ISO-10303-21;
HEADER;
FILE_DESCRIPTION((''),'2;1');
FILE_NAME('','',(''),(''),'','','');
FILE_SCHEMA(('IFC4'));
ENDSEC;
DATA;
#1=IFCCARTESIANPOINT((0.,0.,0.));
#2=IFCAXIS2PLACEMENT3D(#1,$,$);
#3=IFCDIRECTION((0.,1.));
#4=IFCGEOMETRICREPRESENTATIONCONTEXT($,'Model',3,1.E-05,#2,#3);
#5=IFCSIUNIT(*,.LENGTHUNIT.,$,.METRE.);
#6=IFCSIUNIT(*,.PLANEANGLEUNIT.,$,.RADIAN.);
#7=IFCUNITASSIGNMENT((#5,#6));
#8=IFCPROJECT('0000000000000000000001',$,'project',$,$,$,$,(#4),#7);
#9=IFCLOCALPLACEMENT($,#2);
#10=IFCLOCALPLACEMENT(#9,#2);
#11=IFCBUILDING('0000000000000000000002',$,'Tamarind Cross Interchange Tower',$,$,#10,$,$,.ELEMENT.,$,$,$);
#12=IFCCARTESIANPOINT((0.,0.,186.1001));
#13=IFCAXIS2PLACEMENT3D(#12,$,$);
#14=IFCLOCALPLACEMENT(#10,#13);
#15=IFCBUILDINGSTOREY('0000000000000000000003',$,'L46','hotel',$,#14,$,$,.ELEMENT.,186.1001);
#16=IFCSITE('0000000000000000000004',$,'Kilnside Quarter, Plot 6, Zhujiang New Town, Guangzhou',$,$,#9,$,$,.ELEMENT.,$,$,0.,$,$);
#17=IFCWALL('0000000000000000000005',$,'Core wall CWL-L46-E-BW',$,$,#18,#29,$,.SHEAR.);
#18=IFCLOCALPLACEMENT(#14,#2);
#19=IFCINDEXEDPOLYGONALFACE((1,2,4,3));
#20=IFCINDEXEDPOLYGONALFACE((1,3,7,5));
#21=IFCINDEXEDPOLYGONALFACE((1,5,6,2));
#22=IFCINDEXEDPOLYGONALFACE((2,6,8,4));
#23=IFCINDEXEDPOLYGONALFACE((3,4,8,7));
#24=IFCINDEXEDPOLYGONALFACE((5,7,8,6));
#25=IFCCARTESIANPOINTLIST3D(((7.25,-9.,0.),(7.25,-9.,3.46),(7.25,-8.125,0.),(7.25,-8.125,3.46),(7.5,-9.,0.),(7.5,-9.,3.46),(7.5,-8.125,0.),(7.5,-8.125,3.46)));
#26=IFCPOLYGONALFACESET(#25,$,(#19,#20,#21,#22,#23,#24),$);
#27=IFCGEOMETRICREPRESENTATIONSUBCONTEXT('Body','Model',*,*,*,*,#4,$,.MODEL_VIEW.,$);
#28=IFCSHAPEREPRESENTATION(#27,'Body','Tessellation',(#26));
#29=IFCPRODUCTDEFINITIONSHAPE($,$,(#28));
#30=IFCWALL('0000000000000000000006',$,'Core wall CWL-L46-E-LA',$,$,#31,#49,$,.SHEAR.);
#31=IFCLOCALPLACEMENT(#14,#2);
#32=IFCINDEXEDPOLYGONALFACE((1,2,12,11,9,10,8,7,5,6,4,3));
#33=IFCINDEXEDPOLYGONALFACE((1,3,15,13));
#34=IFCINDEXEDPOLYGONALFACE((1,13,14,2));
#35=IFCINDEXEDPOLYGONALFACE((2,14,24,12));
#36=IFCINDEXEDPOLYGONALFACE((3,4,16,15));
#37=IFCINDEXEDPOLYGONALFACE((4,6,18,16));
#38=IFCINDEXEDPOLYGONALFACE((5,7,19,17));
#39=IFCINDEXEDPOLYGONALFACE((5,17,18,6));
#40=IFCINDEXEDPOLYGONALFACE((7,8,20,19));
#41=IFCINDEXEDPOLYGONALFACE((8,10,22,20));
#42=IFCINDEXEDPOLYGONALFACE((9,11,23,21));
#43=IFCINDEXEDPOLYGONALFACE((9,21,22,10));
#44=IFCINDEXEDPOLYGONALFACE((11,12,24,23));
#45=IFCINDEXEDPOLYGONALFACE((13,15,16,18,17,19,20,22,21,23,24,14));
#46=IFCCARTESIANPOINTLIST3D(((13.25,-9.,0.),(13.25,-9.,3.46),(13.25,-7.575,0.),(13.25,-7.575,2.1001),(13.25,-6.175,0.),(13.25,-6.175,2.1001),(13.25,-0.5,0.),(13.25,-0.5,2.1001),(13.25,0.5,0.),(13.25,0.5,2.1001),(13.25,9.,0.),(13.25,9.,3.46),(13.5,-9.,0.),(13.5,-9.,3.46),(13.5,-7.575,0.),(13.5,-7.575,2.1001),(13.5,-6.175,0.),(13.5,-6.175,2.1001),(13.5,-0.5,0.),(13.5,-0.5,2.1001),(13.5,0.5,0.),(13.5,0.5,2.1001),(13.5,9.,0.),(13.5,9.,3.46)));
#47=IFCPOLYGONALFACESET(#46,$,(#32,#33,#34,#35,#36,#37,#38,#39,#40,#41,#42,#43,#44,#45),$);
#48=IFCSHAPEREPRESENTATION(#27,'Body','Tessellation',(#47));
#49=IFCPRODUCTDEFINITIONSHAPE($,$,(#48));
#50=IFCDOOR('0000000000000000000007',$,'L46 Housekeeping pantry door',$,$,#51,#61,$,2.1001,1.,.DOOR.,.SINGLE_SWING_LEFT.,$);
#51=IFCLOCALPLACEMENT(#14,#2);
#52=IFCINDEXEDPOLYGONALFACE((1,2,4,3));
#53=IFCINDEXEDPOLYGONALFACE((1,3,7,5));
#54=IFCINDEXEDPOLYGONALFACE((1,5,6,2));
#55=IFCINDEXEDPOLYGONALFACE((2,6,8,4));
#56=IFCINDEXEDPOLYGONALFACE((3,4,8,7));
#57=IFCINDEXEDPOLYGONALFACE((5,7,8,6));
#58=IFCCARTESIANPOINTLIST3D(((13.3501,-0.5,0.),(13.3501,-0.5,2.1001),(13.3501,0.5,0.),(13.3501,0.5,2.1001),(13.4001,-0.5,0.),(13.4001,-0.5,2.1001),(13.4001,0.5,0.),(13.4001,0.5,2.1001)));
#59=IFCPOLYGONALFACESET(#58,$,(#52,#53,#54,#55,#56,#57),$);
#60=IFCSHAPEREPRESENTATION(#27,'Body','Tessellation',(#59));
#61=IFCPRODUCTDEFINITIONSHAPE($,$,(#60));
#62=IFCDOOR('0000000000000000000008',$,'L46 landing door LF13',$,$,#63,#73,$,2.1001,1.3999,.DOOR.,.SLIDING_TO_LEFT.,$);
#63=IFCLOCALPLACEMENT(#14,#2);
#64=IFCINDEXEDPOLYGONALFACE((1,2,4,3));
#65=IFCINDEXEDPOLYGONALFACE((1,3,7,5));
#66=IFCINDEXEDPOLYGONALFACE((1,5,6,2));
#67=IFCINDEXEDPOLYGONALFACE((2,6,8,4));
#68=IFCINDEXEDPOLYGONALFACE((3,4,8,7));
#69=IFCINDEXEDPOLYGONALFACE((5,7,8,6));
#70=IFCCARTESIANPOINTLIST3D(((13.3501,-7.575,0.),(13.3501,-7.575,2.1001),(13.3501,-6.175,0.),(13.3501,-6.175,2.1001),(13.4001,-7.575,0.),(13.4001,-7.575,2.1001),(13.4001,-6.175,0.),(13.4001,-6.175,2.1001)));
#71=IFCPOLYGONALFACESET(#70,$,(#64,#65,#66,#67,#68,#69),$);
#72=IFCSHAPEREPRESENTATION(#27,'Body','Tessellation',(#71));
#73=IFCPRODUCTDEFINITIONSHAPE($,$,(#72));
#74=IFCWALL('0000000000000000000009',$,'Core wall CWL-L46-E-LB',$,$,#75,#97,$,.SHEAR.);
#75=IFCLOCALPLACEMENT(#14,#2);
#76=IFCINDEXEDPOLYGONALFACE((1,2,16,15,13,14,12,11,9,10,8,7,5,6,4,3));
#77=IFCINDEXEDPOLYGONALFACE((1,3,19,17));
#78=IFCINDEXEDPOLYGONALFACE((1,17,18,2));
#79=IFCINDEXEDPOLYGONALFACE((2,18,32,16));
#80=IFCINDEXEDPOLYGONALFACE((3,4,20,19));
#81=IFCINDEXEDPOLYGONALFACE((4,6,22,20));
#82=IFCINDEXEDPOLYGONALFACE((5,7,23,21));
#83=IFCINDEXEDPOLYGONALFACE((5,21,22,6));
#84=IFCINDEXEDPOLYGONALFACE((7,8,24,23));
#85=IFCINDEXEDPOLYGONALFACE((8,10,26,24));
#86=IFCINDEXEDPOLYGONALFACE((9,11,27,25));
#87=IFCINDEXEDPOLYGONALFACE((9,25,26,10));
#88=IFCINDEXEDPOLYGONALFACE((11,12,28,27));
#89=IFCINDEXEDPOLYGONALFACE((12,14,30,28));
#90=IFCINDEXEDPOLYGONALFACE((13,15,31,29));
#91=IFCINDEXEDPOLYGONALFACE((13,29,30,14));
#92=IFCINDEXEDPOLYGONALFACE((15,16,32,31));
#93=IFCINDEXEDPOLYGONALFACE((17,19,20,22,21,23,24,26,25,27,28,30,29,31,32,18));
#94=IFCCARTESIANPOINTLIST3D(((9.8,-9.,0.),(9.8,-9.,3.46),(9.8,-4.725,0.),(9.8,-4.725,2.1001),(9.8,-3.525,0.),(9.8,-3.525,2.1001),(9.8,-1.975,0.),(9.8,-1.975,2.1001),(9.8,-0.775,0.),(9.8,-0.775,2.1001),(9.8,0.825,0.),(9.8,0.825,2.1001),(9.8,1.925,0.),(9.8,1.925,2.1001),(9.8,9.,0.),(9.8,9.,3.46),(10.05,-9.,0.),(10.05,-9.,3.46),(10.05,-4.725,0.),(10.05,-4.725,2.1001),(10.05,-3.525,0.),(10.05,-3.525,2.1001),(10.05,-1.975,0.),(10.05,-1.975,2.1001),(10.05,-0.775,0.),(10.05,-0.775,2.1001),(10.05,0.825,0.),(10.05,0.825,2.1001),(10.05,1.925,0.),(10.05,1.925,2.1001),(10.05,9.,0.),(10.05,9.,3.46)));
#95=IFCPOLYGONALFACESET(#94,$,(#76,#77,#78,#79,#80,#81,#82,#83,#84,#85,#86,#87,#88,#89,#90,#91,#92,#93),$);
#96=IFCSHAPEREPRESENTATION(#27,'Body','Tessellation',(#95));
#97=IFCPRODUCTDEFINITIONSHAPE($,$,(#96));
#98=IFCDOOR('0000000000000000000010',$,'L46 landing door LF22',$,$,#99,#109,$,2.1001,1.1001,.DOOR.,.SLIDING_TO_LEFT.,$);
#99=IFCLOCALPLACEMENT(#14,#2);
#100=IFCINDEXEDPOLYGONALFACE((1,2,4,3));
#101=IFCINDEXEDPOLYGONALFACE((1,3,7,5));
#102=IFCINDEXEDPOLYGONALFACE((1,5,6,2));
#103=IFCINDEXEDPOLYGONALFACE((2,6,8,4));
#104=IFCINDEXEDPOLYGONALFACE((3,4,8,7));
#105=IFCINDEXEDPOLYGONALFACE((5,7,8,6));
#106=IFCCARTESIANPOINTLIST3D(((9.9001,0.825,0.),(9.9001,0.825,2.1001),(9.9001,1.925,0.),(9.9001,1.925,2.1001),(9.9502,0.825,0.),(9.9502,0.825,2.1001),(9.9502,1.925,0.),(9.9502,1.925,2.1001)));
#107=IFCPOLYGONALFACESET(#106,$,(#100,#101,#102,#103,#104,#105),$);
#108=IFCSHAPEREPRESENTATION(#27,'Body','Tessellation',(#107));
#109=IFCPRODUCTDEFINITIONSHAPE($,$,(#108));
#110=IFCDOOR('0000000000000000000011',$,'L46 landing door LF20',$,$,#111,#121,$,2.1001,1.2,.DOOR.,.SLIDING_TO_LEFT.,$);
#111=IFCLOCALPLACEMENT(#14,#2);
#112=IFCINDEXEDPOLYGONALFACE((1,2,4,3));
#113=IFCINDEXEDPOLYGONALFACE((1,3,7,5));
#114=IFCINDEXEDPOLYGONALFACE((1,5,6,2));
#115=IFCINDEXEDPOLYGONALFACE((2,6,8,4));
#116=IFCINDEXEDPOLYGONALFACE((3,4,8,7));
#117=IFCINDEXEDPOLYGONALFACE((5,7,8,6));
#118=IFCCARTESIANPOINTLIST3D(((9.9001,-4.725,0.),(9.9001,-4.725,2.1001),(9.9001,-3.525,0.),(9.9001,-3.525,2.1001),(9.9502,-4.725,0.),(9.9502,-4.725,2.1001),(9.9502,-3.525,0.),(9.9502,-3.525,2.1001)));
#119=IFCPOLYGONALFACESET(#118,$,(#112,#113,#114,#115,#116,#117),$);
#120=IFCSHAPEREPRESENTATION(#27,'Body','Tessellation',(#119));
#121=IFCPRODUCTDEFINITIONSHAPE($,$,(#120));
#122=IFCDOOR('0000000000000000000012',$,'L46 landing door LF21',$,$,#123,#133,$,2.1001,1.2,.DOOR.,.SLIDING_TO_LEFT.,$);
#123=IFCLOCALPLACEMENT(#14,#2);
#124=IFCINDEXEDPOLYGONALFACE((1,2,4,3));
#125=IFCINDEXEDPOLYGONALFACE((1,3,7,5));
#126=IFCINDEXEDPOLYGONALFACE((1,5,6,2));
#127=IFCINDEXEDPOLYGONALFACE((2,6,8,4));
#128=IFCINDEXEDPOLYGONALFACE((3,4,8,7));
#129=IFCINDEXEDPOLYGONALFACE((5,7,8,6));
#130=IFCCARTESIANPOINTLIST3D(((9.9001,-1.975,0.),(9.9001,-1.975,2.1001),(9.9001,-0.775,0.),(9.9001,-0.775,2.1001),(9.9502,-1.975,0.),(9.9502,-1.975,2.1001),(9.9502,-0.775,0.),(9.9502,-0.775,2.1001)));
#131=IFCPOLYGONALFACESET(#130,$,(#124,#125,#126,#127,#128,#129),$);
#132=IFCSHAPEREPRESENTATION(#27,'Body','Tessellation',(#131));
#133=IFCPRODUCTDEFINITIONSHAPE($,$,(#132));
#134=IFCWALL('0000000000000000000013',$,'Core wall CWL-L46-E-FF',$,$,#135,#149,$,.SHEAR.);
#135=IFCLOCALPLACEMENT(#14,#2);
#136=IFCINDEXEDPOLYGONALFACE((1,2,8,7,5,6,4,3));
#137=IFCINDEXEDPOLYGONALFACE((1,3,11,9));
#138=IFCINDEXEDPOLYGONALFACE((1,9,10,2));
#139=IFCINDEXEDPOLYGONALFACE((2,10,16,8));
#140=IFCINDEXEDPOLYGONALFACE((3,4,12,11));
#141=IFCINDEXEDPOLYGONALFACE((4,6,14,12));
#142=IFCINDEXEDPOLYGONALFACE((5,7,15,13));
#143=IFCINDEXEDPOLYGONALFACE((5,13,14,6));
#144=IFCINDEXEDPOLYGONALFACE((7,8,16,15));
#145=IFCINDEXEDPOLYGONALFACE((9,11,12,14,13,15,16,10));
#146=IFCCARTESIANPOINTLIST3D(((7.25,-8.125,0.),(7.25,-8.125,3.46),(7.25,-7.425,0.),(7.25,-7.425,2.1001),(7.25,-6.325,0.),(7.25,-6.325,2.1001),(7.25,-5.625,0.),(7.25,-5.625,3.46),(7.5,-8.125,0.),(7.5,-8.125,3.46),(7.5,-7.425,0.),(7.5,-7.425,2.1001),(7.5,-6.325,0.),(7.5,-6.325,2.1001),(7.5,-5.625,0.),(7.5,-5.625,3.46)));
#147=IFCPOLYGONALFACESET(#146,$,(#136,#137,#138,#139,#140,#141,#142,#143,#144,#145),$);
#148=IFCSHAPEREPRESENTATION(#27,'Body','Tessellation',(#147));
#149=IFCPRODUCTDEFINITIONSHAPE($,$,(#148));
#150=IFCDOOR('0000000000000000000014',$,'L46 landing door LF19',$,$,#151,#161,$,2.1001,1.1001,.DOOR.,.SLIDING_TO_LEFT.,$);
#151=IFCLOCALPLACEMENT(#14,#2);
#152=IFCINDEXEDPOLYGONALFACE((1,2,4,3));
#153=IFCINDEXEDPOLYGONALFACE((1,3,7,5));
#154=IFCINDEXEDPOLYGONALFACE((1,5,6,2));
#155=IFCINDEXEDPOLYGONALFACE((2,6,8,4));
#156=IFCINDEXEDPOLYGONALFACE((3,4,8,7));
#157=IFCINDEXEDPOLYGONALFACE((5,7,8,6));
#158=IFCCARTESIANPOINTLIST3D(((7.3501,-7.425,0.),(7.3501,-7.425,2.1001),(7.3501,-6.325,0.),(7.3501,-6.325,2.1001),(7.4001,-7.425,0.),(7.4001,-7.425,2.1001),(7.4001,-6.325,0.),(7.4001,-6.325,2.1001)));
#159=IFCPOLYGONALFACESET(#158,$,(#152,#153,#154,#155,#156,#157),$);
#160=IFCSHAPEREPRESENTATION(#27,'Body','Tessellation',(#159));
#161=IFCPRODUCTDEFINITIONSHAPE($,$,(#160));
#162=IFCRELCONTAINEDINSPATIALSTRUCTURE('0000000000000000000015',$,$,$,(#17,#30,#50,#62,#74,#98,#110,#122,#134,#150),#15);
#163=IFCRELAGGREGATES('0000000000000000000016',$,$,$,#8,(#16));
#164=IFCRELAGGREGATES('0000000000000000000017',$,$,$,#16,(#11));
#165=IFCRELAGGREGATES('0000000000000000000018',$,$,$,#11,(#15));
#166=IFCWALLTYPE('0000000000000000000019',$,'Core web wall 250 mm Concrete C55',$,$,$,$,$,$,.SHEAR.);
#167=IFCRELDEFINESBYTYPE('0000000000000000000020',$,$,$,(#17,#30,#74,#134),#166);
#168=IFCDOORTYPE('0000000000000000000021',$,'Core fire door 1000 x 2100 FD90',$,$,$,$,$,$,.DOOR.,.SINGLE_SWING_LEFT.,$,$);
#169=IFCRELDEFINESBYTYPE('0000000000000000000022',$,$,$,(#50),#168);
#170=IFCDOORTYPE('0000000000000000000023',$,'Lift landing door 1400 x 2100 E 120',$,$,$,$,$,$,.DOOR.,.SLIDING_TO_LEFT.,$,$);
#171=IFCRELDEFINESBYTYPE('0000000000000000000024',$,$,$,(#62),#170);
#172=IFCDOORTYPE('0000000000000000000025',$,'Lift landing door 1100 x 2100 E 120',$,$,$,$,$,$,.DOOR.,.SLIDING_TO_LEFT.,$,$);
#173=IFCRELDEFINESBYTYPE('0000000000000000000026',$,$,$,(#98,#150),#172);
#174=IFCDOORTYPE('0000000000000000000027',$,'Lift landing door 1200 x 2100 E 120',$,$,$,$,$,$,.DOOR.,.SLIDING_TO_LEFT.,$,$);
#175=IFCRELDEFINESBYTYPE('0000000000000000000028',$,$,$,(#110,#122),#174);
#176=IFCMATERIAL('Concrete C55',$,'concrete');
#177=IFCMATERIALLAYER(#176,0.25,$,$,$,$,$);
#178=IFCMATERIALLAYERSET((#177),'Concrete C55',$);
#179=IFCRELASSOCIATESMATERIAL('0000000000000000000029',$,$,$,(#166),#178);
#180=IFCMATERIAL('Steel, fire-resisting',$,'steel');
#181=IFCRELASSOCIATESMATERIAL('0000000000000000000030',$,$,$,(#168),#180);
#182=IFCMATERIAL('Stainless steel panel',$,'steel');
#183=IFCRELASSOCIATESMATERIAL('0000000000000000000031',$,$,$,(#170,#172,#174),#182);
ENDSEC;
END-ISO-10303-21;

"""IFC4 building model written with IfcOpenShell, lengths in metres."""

from ifc_helpers import new_model, si_unit, direction, frame, frame_2d, origin, place, context, subcontext, project, spatial, rectangle, extrude, material, layer, layer_set, type_object, element, fill, save


model = new_model("IFC4")

# Units and contexts
model_context = context("Model", 3, precision=1e-05, world=origin(), true_north=direction((0.0, 1.0)))
body_context = subcontext(model_context, "Body", "Model", "MODEL_VIEW")
ifc_project = project(units=[si_unit("LENGTHUNIT", "METRE"), si_unit("PLANEANGLEUNIT", "RADIAN")], contexts=[model_context])

# Site, building, storey
site_placement = place(None, origin())
site = spatial("IfcSite", under=ifc_project, at=site_placement, Name="Kilnside Quarter, Plot 6, Zhujiang New Town, Guangzhou", CompositionType="ELEMENT", RefElevation=0.0)
building_placement = place(site_placement, origin())
building = spatial("IfcBuilding", under=site, at=building_placement, Name="Tamarind Cross Interchange Tower", CompositionType="ELEMENT")
storey_placement = place(building_placement, frame((0.0, 0.0, 186.1001)))
storey = spatial("IfcBuildingStorey", under=building, at=storey_placement, Name="L46", Description="hotel", CompositionType="ELEMENT", Elevation=186.1001)

# Shared definitions
ifc_material_1 = material(Name="Concrete C55", Category="concrete")

# Shared definitions
ifc_material_2 = material(Name="Steel, fire-resisting", Category="steel")

# Wall
ifc_layer_1 = layer(ifc_material_1, 0.25)
ifc_layer_set_1 = layer_set([ifc_layer_1], Name="Concrete C55")
wall_type_1 = type_object("IfcWallType", Name="Core web wall 250 mm Concrete C55", PredefinedType="SHEAR", material=ifc_layer_set_1)
wall_1_placement = place(storey_placement, frame((7.375, -9.0, 0.0), z_axis=(0.0, 0.0, 1.0), x_axis=(0.0, 1.0, 0.0)))
element("IfcWall", 1, at=wall_1_placement, inside=storey, type_object=wall_type_1, Name="Core wall CWL-L46-E-BW", PredefinedType="SHEAR", context=body_context, shape_type="SweptSolid", body=[
    extrude(rectangle(XDim=0.875, YDim=0.25, at=frame_2d((0.4375, 0.0))), origin(), (0.0, 0.0, 1.0), 3.46),
])

# Walls, openings, doors
wall_2_placement = place(storey_placement, frame((13.375, -9.0, 0.0), z_axis=(0.0, 0.0, 1.0), x_axis=(0.0, 1.0, 0.0)))
wall_2 = element("IfcWall", 2, at=wall_2_placement, inside=storey, type_object=wall_type_1, Name="Core wall CWL-L46-E-LA", PredefinedType="SHEAR", context=body_context, shape_type="SweptSolid", body=[
    extrude(rectangle(XDim=18.0, YDim=0.25, at=frame_2d((9.0, 0.0))), origin(), (0.0, 0.0, 1.0), 3.46),
])
opening_1_placement = place(wall_2_placement, frame((1.425, 0.0, 0.0)))
opening_1 = element("IfcOpeningElement", 3, at=opening_1_placement, cuts=wall_2, PredefinedType="OPENING", context=body_context, shape_type="SweptSolid", body=[
    extrude(rectangle(XDim=1.3999, YDim=2.1001, at=frame_2d((0.7, 1.05))), frame((0.0, 0.135, 0.0), z_axis=(0.0, -1.0, 0.0), x_axis=(1.0, 0.0, 0.0)), (0.0, 0.0, 1.0), 0.27),
])
opening_2_placement = place(wall_2_placement, frame((8.5, 0.0, 0.0)))
opening_2 = element("IfcOpeningElement", 4, at=opening_2_placement, cuts=wall_2, PredefinedType="OPENING", context=body_context, shape_type="SweptSolid", body=[
    extrude(rectangle(XDim=1.0, YDim=2.1001, at=frame_2d((0.5, 1.05))), frame((0.0, 0.135, 0.0), z_axis=(0.0, -1.0, 0.0), x_axis=(1.0, 0.0, 0.0)), (0.0, 0.0, 1.0), 0.27),
])
door_type_1 = type_object("IfcDoorType", Name="Core fire door 1000 x 2100 FD90", OperationType="SINGLE_SWING_LEFT", PredefinedType="DOOR", material=ifc_material_2)
door_1_placement = place(opening_2_placement, origin())
door_1 = element("IfcDoor", 5, at=door_1_placement, inside=storey, type_object=door_type_1, Name="L46 Housekeeping pantry door", OperationType="SINGLE_SWING_LEFT", OverallHeight=2.1001, OverallWidth=1.0, PredefinedType="DOOR", context=body_context, shape_type="SweptSolid", body=[
    extrude(rectangle(XDim=1.0, YDim=2.1001, at=frame_2d((0.5, 1.05))), frame((0.0, 0.0249, 0.0), z_axis=(0.0, -1.0, 0.0), x_axis=(1.0, 0.0, 0.0)), (0.0, 0.0, 1.0), 0.05),
])
fill(opening_2, door_1)
ifc_material_3 = material(Name="Stainless steel panel", Category="steel")
door_type_2 = type_object("IfcDoorType", Name="Lift landing door 1400 x 2100 E 120", OperationType="SLIDING_TO_LEFT", PredefinedType="DOOR", material=ifc_material_3)
door_2_placement = place(opening_1_placement, origin())
door_2 = element("IfcDoor", 6, at=door_2_placement, inside=storey, type_object=door_type_2, Name="L46 landing door LF13", OperationType="SLIDING_TO_LEFT", OverallHeight=2.1001, OverallWidth=1.3999, PredefinedType="DOOR", context=body_context, shape_type="SweptSolid", body=[
    extrude(rectangle(XDim=1.3999, YDim=2.1001, at=frame_2d((0.7, 1.05))), frame((0.0, 0.0249, 0.0), z_axis=(0.0, -1.0, 0.0), x_axis=(1.0, 0.0, 0.0)), (0.0, 0.0, 1.0), 0.05),
])
fill(opening_1, door_2)
wall_3_placement = place(storey_placement, frame((9.925, -9.0, 0.0), z_axis=(0.0, 0.0, 1.0), x_axis=(0.0, 1.0, 0.0)))
wall_3 = element("IfcWall", 7, at=wall_3_placement, inside=storey, type_object=wall_type_1, Name="Core wall CWL-L46-E-LB", PredefinedType="SHEAR", context=body_context, shape_type="SweptSolid", body=[
    extrude(rectangle(XDim=18.0, YDim=0.25, at=frame_2d((9.0, 0.0))), origin(), (0.0, 0.0, 1.0), 3.46),
])
opening_3_placement = place(wall_3_placement, frame((4.2749, 0.0, 0.0)))
opening_3 = element("IfcOpeningElement", 8, at=opening_3_placement, cuts=wall_3, PredefinedType="OPENING", context=body_context, shape_type="SweptSolid", body=[
    extrude(rectangle(XDim=1.2, YDim=2.1001, at=frame_2d((0.6001, 1.05))), frame((0.0, 0.135, 0.0), z_axis=(0.0, -1.0, 0.0), x_axis=(1.0, 0.0, 0.0)), (0.0, 0.0, 1.0), 0.27),
])
opening_4_placement = place(wall_3_placement, frame((7.0249, 0.0, 0.0)))
opening_4 = element("IfcOpeningElement", 9, at=opening_4_placement, cuts=wall_3, PredefinedType="OPENING", context=body_context, shape_type="SweptSolid", body=[
    extrude(rectangle(XDim=1.2, YDim=2.1001, at=frame_2d((0.6001, 1.05))), frame((0.0, 0.135, 0.0), z_axis=(0.0, -1.0, 0.0), x_axis=(1.0, 0.0, 0.0)), (0.0, 0.0, 1.0), 0.27),
])
opening_5_placement = place(wall_3_placement, frame((9.825, 0.0, 0.0)))
opening_5 = element("IfcOpeningElement", 10, at=opening_5_placement, cuts=wall_3, PredefinedType="OPENING", context=body_context, shape_type="SweptSolid", body=[
    extrude(rectangle(XDim=1.1001, YDim=2.1001, at=frame_2d((0.55, 1.05))), frame((0.0, 0.135, 0.0), z_axis=(0.0, -1.0, 0.0), x_axis=(1.0, 0.0, 0.0)), (0.0, 0.0, 1.0), 0.27),
])
door_type_3 = type_object("IfcDoorType", Name="Lift landing door 1100 x 2100 E 120", OperationType="SLIDING_TO_LEFT", PredefinedType="DOOR", material=ifc_material_3)
door_3_placement = place(opening_5_placement, origin())
door_3 = element("IfcDoor", 11, at=door_3_placement, inside=storey, type_object=door_type_3, Name="L46 landing door LF22", OperationType="SLIDING_TO_LEFT", OverallHeight=2.1001, OverallWidth=1.1001, PredefinedType="DOOR", context=body_context, shape_type="SweptSolid", body=[
    extrude(rectangle(XDim=1.1001, YDim=2.1001, at=frame_2d((0.55, 1.05))), frame((0.0, 0.0249, 0.0), z_axis=(0.0, -1.0, 0.0), x_axis=(1.0, 0.0, 0.0)), (0.0, 0.0, 1.0), 0.05),
])
fill(opening_5, door_3)
door_type_4 = type_object("IfcDoorType", Name="Lift landing door 1200 x 2100 E 120", OperationType="SLIDING_TO_LEFT", PredefinedType="DOOR", material=ifc_material_3)
door_4_placement = place(opening_3_placement, origin())
door_4 = element("IfcDoor", 12, at=door_4_placement, inside=storey, type_object=door_type_4, Name="L46 landing door LF20", OperationType="SLIDING_TO_LEFT", OverallHeight=2.1001, OverallWidth=1.2, PredefinedType="DOOR", context=body_context, shape_type="SweptSolid", body=[
    extrude(rectangle(XDim=1.2, YDim=2.1001, at=frame_2d((0.6001, 1.05))), frame((0.0, 0.0249, 0.0), z_axis=(0.0, -1.0, 0.0), x_axis=(1.0, 0.0, 0.0)), (0.0, 0.0, 1.0), 0.05),
])
fill(opening_3, door_4)
door_5_placement = place(opening_4_placement, origin())
door_5 = element("IfcDoor", 13, at=door_5_placement, inside=storey, type_object=door_type_4, Name="L46 landing door LF21", OperationType="SLIDING_TO_LEFT", OverallHeight=2.1001, OverallWidth=1.2, PredefinedType="DOOR", context=body_context, shape_type="SweptSolid", body=[
    extrude(rectangle(XDim=1.2, YDim=2.1001, at=frame_2d((0.6001, 1.05))), frame((0.0, 0.0249, 0.0), z_axis=(0.0, -1.0, 0.0), x_axis=(1.0, 0.0, 0.0)), (0.0, 0.0, 1.0), 0.05),
])
fill(opening_4, door_5)

# Wall, opening, door
wall_4_placement = place(storey_placement, frame((7.375, -8.125, 0.0), z_axis=(0.0, 0.0, 1.0), x_axis=(0.0, 1.0, 0.0)))
wall_4 = element("IfcWall", 14, at=wall_4_placement, inside=storey, type_object=wall_type_1, Name="Core wall CWL-L46-E-FF", PredefinedType="SHEAR", context=body_context, shape_type="SweptSolid", body=[
    extrude(rectangle(XDim=2.5, YDim=0.25, at=frame_2d((1.25, 0.0))), origin(), (0.0, 0.0, 1.0), 3.46),
])
opening_6_placement = place(wall_4_placement, frame((0.7, 0.0, 0.0)))
opening_6 = element("IfcOpeningElement", 15, at=opening_6_placement, cuts=wall_4, PredefinedType="OPENING", context=body_context, shape_type="SweptSolid", body=[
    extrude(rectangle(XDim=1.1001, YDim=2.1001, at=frame_2d((0.55, 1.05))), frame((0.0, 0.135, 0.0), z_axis=(0.0, -1.0, 0.0), x_axis=(1.0, 0.0, 0.0)), (0.0, 0.0, 1.0), 0.27),
])
door_6_placement = place(opening_6_placement, origin())
door_6 = element("IfcDoor", 16, at=door_6_placement, inside=storey, type_object=door_type_3, Name="L46 landing door LF19", OperationType="SLIDING_TO_LEFT", OverallHeight=2.1001, OverallWidth=1.1001, PredefinedType="DOOR", context=body_context, shape_type="SweptSolid", body=[
    extrude(rectangle(XDim=1.1001, YDim=2.1001, at=frame_2d((0.55, 1.05))), frame((0.0, 0.0249, 0.0), z_axis=(0.0, -1.0, 0.0), x_axis=(1.0, 0.0, 0.0)), (0.0, 0.0, 1.0), 0.05),
])
fill(opening_6, door_6)

save(model, "model.ifc")
